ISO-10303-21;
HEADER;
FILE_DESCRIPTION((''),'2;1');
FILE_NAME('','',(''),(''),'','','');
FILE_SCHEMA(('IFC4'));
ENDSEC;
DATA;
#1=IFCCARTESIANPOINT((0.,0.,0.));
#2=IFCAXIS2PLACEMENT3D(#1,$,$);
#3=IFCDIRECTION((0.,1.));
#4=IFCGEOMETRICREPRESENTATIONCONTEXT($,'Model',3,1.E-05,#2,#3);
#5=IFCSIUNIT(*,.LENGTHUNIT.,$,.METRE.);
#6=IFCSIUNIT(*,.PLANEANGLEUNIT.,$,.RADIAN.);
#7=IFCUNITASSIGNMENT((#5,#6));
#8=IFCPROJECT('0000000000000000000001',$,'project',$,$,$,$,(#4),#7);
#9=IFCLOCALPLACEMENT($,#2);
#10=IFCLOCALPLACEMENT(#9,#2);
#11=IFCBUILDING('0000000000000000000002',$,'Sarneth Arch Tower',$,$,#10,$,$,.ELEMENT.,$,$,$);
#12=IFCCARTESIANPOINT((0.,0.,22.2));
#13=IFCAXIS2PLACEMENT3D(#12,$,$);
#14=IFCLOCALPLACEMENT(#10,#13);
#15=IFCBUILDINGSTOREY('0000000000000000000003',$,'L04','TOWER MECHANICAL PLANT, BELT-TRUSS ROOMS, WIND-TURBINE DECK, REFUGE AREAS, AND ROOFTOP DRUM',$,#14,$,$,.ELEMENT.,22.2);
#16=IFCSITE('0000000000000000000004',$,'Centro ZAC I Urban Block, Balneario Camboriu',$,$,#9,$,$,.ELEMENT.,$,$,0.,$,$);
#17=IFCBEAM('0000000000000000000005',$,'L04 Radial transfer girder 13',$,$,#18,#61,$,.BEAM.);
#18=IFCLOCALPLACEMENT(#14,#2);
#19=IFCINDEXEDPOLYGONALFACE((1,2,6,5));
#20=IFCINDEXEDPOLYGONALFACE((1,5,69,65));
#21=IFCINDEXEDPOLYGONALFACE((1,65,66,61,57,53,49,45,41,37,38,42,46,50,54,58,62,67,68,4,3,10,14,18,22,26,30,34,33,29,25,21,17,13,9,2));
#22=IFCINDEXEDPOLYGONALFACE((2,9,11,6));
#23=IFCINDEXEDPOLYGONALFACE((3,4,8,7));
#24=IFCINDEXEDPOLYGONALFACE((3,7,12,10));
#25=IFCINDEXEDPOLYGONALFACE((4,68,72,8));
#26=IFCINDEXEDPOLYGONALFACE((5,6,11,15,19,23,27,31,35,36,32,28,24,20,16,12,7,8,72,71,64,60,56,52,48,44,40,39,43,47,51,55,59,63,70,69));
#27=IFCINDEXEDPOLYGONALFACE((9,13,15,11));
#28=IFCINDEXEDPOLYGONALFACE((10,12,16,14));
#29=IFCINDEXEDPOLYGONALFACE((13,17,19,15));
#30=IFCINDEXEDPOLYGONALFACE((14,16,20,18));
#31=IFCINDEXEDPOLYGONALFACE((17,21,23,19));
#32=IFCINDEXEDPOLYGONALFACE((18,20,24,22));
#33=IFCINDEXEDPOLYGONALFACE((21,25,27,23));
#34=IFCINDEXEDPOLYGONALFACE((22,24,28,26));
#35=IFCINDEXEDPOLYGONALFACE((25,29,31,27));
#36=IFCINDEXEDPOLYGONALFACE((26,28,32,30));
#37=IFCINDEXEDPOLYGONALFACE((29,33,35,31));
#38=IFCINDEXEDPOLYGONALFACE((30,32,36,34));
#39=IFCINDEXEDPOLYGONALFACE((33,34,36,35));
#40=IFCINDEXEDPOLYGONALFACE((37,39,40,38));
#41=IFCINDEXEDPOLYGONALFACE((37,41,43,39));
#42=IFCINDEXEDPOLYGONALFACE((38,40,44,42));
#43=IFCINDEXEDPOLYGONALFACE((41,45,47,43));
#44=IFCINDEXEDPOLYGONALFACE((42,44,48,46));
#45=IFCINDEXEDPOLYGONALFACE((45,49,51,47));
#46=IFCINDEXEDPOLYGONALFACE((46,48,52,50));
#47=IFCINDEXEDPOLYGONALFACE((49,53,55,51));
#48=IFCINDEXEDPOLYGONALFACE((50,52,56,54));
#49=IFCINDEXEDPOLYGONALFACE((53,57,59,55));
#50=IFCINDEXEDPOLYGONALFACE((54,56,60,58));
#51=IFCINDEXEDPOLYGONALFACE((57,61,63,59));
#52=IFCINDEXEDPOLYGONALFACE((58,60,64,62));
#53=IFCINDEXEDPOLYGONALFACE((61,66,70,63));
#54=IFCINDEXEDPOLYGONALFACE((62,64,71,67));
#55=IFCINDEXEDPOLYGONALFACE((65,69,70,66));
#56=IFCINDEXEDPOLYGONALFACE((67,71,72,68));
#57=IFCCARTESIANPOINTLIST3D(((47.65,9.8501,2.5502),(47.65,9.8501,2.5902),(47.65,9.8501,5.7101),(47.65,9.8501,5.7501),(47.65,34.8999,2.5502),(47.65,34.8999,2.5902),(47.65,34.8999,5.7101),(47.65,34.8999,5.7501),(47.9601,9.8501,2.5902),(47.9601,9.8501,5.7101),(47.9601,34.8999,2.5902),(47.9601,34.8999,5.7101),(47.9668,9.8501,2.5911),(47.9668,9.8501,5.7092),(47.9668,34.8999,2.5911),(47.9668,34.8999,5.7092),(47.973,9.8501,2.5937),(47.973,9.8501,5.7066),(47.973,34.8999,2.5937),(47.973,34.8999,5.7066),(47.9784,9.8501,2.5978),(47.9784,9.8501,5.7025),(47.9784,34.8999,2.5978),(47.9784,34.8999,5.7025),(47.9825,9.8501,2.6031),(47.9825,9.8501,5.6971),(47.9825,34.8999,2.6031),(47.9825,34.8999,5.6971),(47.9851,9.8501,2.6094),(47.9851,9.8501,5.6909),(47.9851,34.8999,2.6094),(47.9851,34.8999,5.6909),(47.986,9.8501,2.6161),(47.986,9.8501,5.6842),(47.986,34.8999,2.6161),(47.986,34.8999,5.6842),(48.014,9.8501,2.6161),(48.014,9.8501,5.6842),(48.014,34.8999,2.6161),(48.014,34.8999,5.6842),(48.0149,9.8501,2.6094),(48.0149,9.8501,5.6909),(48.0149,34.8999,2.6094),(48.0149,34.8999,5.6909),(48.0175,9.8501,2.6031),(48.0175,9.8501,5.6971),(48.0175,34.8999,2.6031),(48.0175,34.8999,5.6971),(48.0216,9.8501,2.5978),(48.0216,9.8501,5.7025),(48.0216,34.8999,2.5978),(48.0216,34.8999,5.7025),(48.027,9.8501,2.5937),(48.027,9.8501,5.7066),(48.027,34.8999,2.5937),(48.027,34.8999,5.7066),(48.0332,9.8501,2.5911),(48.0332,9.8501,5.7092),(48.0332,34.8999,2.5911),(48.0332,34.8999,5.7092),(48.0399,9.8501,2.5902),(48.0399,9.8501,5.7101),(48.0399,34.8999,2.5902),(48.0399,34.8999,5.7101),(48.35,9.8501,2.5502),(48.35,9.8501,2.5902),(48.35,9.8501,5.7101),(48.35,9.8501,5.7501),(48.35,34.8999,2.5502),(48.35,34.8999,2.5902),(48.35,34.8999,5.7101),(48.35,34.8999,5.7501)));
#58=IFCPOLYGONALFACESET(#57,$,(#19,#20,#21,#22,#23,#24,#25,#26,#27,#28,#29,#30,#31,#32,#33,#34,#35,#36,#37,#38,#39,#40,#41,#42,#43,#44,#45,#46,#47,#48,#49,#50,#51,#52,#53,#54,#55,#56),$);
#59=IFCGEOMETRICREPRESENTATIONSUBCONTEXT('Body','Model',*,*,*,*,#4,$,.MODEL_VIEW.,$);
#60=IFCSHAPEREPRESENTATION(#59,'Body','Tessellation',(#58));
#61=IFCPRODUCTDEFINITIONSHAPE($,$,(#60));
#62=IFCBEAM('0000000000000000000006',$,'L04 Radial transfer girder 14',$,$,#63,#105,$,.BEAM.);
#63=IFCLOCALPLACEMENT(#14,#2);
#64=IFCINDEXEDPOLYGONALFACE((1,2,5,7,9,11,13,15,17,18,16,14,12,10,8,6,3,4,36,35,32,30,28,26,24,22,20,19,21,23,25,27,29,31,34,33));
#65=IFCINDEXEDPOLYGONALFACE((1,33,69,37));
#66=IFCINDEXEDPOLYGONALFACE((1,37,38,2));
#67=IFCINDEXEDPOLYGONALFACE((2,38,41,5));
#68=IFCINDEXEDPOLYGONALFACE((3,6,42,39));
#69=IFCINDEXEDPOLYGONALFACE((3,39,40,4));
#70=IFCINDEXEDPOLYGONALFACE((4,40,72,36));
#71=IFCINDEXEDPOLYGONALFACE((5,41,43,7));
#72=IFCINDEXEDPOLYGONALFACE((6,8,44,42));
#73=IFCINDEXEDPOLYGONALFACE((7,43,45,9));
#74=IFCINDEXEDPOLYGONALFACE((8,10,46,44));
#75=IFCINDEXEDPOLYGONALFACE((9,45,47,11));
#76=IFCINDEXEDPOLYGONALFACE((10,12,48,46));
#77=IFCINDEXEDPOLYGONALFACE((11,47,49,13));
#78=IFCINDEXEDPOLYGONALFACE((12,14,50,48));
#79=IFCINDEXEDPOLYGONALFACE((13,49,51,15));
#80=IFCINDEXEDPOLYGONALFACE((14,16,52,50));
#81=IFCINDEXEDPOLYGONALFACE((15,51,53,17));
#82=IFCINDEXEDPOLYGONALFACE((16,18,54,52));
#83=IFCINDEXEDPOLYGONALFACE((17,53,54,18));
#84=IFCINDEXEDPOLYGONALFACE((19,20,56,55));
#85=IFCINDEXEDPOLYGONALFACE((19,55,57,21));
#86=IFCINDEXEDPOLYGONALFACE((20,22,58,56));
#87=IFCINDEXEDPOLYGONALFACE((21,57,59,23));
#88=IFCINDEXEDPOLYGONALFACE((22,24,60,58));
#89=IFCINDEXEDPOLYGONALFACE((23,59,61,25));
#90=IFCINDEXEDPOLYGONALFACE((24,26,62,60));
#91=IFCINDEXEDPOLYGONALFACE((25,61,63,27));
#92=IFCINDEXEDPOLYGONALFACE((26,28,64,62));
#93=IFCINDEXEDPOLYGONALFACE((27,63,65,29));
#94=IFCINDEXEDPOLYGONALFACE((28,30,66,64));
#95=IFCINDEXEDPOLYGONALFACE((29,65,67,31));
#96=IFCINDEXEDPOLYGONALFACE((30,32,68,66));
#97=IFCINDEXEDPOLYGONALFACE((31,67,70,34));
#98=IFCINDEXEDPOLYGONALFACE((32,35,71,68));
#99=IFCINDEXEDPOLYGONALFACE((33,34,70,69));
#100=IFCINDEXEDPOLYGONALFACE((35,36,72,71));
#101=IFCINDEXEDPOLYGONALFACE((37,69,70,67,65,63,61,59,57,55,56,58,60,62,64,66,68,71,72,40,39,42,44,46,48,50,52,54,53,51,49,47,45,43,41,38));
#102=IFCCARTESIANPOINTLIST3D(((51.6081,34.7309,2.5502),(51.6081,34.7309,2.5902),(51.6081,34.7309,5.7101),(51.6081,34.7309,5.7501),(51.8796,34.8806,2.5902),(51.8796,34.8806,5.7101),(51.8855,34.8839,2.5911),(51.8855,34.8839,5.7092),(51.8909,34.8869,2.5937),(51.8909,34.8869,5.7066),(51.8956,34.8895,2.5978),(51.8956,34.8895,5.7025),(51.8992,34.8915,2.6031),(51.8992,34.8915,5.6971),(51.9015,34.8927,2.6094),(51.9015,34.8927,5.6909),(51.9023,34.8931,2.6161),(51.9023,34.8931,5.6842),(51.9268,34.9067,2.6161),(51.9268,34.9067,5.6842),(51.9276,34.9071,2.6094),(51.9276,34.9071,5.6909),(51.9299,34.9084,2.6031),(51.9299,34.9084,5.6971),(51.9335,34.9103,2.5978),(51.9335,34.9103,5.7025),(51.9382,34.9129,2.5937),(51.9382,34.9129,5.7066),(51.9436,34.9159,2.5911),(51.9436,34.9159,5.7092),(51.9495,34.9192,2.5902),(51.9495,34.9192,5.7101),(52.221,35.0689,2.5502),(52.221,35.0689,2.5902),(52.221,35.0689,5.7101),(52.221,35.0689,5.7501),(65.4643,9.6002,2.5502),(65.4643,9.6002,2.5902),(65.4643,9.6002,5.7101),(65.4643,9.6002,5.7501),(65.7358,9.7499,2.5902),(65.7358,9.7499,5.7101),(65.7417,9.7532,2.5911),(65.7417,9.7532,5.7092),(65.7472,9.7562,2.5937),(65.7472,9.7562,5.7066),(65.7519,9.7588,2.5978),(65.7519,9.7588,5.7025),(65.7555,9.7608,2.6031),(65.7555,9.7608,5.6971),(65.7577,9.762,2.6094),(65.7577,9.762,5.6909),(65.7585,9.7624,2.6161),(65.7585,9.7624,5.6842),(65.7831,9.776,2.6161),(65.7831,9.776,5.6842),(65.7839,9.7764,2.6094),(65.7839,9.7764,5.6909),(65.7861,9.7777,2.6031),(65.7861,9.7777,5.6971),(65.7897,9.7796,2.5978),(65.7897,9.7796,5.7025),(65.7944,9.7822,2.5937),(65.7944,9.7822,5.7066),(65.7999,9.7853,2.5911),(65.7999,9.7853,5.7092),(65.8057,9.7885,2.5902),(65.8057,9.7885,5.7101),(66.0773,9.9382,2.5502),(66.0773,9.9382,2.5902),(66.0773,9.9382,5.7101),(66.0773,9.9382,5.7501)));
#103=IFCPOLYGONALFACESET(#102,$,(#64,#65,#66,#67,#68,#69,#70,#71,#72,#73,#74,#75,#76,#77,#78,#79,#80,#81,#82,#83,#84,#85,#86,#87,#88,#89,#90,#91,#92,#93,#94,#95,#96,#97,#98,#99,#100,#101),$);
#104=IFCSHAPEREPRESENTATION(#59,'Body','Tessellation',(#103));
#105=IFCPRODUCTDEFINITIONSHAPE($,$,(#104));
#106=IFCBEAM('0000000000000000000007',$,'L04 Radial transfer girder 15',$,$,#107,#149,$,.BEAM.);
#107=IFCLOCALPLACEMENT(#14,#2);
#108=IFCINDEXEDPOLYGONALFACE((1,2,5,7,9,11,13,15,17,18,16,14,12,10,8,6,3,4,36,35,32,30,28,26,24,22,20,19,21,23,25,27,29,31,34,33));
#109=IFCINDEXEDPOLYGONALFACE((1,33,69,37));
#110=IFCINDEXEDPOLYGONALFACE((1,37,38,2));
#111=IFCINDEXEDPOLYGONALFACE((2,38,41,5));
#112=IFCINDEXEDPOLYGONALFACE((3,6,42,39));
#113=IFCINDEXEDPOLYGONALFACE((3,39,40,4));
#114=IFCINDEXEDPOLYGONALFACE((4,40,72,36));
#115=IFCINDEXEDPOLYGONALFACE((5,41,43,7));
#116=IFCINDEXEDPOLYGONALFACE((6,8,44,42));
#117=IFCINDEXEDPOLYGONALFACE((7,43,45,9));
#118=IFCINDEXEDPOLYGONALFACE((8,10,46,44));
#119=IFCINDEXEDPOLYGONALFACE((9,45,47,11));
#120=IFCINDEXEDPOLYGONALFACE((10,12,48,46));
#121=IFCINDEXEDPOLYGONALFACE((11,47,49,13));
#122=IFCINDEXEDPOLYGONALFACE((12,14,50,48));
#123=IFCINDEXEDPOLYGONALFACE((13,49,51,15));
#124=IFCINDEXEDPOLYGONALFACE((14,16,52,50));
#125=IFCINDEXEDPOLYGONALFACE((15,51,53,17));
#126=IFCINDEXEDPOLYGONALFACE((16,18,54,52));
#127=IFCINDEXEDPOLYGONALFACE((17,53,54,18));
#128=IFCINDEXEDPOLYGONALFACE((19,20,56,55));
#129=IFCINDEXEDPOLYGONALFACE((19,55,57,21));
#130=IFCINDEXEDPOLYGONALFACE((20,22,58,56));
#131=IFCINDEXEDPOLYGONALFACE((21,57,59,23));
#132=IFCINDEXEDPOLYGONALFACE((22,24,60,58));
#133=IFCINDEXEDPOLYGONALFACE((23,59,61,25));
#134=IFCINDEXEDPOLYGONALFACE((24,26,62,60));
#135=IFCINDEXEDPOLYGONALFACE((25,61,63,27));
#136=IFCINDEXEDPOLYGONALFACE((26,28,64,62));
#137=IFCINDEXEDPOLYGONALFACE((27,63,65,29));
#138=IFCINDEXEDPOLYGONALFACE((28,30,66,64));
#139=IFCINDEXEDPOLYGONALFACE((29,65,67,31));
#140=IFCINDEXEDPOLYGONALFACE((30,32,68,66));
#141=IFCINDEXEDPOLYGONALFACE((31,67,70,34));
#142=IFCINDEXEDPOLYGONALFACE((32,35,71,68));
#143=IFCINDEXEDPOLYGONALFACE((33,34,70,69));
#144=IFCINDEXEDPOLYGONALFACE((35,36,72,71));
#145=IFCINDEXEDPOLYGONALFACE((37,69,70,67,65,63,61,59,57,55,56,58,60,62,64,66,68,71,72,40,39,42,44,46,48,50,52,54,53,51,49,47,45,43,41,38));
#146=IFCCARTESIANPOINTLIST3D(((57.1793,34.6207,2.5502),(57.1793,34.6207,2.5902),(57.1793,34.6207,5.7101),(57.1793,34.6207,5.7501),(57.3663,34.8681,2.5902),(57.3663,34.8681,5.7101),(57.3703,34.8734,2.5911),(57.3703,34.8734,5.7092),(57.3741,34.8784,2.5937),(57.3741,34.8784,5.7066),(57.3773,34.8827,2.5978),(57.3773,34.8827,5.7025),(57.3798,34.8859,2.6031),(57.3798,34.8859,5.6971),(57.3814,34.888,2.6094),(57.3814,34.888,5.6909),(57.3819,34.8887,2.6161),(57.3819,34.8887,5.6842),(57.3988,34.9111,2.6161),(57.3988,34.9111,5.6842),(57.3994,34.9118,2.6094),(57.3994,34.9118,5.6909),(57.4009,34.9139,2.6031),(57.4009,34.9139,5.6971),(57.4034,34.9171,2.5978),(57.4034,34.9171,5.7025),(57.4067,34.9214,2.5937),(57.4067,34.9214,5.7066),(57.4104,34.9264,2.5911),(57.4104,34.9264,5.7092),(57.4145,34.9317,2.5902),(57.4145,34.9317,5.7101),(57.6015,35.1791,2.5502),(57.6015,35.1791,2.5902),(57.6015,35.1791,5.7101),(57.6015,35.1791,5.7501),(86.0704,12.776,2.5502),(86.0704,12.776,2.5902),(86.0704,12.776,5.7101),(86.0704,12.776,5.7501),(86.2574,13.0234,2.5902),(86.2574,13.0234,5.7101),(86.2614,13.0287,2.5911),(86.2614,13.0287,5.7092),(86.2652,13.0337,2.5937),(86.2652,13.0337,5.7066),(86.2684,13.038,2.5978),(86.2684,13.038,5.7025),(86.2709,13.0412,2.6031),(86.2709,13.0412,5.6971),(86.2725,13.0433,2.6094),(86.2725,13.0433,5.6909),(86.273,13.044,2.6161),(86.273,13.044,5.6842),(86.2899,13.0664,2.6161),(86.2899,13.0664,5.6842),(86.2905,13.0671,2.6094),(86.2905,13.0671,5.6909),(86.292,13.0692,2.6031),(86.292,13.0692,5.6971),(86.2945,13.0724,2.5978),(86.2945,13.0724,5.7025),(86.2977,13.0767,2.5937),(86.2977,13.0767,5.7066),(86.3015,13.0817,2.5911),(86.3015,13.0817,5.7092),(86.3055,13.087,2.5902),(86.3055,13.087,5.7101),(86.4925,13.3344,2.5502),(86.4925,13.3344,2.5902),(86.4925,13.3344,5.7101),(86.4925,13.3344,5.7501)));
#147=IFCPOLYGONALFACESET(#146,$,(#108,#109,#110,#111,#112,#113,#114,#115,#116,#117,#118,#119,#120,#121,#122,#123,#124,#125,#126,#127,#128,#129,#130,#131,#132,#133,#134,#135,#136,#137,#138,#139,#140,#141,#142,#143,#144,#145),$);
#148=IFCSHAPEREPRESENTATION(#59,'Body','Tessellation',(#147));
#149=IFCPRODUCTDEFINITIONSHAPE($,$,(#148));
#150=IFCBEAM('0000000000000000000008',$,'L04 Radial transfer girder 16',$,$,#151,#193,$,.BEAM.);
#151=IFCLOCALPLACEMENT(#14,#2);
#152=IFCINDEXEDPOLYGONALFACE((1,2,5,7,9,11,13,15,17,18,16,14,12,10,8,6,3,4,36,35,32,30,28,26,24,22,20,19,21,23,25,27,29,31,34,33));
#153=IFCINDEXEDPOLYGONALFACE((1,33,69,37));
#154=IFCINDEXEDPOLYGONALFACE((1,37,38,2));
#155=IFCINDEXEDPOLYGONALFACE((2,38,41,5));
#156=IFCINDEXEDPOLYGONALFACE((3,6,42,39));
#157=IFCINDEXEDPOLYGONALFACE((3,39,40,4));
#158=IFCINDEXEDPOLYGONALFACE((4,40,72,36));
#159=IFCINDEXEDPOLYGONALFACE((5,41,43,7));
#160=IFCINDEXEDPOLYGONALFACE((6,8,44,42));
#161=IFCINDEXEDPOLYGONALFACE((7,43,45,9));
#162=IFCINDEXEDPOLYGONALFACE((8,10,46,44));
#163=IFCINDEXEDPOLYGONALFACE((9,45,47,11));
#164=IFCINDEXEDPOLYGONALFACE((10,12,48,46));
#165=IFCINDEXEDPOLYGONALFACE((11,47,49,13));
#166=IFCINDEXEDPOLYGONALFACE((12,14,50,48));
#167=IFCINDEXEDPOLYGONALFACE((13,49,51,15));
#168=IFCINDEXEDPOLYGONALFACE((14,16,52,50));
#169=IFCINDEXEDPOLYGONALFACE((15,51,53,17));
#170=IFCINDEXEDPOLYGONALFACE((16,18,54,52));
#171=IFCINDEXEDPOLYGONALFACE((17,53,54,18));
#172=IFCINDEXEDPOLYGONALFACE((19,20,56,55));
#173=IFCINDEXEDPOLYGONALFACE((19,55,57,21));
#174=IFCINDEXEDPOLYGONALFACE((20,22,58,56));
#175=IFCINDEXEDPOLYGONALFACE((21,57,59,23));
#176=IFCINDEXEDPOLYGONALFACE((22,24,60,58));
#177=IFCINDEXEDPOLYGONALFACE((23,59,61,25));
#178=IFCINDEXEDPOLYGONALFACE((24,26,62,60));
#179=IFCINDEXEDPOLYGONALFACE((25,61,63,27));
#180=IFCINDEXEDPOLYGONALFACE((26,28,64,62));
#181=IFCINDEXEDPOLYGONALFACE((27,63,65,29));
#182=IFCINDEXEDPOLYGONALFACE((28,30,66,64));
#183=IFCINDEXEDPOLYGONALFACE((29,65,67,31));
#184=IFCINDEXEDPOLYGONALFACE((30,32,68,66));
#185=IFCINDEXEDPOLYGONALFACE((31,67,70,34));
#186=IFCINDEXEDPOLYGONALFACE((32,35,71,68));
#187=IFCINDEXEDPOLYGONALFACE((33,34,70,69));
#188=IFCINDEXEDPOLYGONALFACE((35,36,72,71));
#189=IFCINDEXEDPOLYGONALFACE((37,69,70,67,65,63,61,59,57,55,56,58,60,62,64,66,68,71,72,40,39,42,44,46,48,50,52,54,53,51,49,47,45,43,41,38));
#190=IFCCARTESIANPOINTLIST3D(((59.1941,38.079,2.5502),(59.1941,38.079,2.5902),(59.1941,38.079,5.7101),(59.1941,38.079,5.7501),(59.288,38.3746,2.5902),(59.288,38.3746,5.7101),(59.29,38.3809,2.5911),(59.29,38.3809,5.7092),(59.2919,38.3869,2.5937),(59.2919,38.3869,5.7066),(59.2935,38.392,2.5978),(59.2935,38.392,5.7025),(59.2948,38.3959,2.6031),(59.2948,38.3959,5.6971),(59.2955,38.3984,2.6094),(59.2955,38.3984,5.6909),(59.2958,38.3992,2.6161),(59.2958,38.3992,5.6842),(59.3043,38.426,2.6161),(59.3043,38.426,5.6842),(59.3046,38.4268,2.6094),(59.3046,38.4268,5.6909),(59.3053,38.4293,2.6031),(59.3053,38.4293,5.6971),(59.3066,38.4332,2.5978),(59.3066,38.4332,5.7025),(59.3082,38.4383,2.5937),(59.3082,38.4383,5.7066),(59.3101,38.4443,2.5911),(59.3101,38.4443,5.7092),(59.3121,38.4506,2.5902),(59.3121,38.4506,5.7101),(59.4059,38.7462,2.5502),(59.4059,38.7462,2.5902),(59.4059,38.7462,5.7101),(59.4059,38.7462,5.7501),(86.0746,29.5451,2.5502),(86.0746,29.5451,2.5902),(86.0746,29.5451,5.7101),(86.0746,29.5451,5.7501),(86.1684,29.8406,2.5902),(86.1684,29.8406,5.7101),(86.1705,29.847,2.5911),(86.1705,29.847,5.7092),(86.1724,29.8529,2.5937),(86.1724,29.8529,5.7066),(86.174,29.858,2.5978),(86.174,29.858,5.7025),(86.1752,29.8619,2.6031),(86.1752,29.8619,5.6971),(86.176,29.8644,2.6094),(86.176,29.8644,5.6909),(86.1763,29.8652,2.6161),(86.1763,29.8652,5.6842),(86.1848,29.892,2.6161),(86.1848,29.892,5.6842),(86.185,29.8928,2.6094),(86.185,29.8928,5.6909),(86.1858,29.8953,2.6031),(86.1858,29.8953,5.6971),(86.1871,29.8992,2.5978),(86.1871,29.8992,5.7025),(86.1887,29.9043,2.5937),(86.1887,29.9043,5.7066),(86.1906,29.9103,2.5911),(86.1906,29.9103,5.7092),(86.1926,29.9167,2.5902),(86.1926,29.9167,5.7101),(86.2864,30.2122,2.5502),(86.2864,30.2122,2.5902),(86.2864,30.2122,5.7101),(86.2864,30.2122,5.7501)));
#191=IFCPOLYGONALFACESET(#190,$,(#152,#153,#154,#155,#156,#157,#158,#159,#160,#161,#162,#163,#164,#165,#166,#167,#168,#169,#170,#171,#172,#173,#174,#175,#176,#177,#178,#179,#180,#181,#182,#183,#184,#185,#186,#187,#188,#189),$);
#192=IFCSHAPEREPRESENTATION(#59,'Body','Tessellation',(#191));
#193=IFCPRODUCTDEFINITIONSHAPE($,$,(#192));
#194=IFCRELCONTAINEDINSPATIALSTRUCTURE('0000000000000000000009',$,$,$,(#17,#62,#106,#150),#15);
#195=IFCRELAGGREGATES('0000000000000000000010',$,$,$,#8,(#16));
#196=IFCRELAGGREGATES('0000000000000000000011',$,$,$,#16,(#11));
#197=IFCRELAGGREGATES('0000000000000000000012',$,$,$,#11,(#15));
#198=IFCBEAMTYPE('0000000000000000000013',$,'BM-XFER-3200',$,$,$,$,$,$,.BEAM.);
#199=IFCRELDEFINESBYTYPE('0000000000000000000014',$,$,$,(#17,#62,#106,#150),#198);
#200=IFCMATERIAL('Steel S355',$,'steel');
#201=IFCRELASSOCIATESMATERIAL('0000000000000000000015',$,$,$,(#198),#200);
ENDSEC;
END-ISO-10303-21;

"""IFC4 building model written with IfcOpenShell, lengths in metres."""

from ifc_helpers import new_model, si_unit, direction, frame, origin, origin_2d, place, context, subcontext, project, spatial, i_section, extrude, material, material_profile, profile_set, type_object, element, save


model = new_model("IFC4")

# Units and contexts
model_context = context("Model", 3, precision=1e-05, world=origin(), true_north=direction((0.0, 1.0)))
body_context = subcontext(model_context, "Body", "Model", "MODEL_VIEW")
ifc_project = project(units=[si_unit("LENGTHUNIT", "METRE"), si_unit("PLANEANGLEUNIT", "RADIAN")], contexts=[model_context])

# Site, building, storey
site_placement = place(None, origin())
site = spatial("IfcSite", under=ifc_project, at=site_placement, Name="Centro ZAC I Urban Block, Balneario Camboriu", CompositionType="ELEMENT", RefElevation=0.0)
building_placement = place(site_placement, origin())
building = spatial("IfcBuilding", under=site, at=building_placement, Name="Sarneth Arch Tower", CompositionType="ELEMENT")
storey_placement = place(building_placement, frame((0.0, 0.0, 22.2)))
storey = spatial("IfcBuildingStorey", under=building, at=storey_placement, Name="L04", Description="TOWER MECHANICAL PLANT, BELT-TRUSS ROOMS, WIND-TURBINE DECK, REFUGE AREAS, AND ROOFTOP DRUM", CompositionType="ELEMENT", Elevation=22.2)

# Beams
ifc_material_1 = material(Name="Steel S355", Category="steel")
ifc_material_profile_1 = material_profile(ifc_material_1, i_section(OverallWidth=0.7, OverallDepth=3.2, WebThickness=0.0281, FlangeThickness=0.04, FilletRadius=0.0259, at=origin_2d()), Name="CVS3200x1090")
ifc_profile_set_1 = profile_set([ifc_material_profile_1], Name="Steel S355")
beam_type_1 = type_object("IfcBeamType", Name="BM-XFER-3200", PredefinedType="BEAM", material=ifc_profile_set_1)
beam_1_placement = place(storey_placement, frame((48.0, 34.8999, 4.1501), z_axis=(0.0, -1.0, 0.0), x_axis=(1.0, 0.0, 0.0)))
element("IfcBeam", 1, at=beam_1_placement, inside=storey, type_object=beam_type_1, Name="L04 Radial transfer girder 13", PredefinedType="BEAM", context=body_context, shape_type="SweptSolid", body=[
    extrude(i_section(OverallWidth=0.7, OverallDepth=3.2, WebThickness=0.0281, FlangeThickness=0.04, FilletRadius=0.0259, at=origin_2d()), origin(), (0.0, 0.0, 1.0), 25.0498),
])
beam_2_placement = place(storey_placement, frame((51.9146, 34.8999, 4.1501), z_axis=(0.482838, -0.87571, 0.0), x_axis=(0.87571, 0.482838, 0.0)))
element("IfcBeam", 2, at=beam_2_placement, inside=storey, type_object=beam_type_1, Name="L04 Radial transfer girder 14", PredefinedType="BEAM", context=body_context, shape_type="SweptSolid", body=[
    extrude(i_section(OverallWidth=0.7, OverallDepth=3.2, WebThickness=0.0281, FlangeThickness=0.04, FilletRadius=0.0259, at=origin_2d()), origin(), (0.0, 0.0, 1.0), 28.6975),
])
beam_3_placement = place(storey_placement, frame((57.3904, 34.8999, 4.1501), z_axis=(0.797656, -0.603112, 0.0), x_axis=(0.603112, 0.797656, 0.0)))
element("IfcBeam", 3, at=beam_3_placement, inside=storey, type_object=beam_type_1, Name="L04 Radial transfer girder 15", PredefinedType="BEAM", context=body_context, shape_type="SweptSolid", body=[
    extrude(i_section(OverallWidth=0.7, OverallDepth=3.2, WebThickness=0.0281, FlangeThickness=0.04, FilletRadius=0.0259, at=origin_2d()), origin(), (0.0, 0.0, 1.0), 36.22),
])
beam_4_placement = place(storey_placement, frame((59.3, 38.4126, 4.1501), z_axis=(0.953119, -0.302595, 0.0), x_axis=(0.302595, 0.953119, 0.0)))
element("IfcBeam", 4, at=beam_4_placement, inside=storey, type_object=beam_type_1, Name="L04 Radial transfer girder 16", PredefinedType="BEAM", context=body_context, shape_type="SweptSolid", body=[
    extrude(i_section(OverallWidth=0.7, OverallDepth=3.2, WebThickness=0.0281, FlangeThickness=0.04, FilletRadius=0.0259, at=origin_2d()), origin(), (0.0, 0.0, 1.0), 28.2026),
])

save(model, "model.ifc")
